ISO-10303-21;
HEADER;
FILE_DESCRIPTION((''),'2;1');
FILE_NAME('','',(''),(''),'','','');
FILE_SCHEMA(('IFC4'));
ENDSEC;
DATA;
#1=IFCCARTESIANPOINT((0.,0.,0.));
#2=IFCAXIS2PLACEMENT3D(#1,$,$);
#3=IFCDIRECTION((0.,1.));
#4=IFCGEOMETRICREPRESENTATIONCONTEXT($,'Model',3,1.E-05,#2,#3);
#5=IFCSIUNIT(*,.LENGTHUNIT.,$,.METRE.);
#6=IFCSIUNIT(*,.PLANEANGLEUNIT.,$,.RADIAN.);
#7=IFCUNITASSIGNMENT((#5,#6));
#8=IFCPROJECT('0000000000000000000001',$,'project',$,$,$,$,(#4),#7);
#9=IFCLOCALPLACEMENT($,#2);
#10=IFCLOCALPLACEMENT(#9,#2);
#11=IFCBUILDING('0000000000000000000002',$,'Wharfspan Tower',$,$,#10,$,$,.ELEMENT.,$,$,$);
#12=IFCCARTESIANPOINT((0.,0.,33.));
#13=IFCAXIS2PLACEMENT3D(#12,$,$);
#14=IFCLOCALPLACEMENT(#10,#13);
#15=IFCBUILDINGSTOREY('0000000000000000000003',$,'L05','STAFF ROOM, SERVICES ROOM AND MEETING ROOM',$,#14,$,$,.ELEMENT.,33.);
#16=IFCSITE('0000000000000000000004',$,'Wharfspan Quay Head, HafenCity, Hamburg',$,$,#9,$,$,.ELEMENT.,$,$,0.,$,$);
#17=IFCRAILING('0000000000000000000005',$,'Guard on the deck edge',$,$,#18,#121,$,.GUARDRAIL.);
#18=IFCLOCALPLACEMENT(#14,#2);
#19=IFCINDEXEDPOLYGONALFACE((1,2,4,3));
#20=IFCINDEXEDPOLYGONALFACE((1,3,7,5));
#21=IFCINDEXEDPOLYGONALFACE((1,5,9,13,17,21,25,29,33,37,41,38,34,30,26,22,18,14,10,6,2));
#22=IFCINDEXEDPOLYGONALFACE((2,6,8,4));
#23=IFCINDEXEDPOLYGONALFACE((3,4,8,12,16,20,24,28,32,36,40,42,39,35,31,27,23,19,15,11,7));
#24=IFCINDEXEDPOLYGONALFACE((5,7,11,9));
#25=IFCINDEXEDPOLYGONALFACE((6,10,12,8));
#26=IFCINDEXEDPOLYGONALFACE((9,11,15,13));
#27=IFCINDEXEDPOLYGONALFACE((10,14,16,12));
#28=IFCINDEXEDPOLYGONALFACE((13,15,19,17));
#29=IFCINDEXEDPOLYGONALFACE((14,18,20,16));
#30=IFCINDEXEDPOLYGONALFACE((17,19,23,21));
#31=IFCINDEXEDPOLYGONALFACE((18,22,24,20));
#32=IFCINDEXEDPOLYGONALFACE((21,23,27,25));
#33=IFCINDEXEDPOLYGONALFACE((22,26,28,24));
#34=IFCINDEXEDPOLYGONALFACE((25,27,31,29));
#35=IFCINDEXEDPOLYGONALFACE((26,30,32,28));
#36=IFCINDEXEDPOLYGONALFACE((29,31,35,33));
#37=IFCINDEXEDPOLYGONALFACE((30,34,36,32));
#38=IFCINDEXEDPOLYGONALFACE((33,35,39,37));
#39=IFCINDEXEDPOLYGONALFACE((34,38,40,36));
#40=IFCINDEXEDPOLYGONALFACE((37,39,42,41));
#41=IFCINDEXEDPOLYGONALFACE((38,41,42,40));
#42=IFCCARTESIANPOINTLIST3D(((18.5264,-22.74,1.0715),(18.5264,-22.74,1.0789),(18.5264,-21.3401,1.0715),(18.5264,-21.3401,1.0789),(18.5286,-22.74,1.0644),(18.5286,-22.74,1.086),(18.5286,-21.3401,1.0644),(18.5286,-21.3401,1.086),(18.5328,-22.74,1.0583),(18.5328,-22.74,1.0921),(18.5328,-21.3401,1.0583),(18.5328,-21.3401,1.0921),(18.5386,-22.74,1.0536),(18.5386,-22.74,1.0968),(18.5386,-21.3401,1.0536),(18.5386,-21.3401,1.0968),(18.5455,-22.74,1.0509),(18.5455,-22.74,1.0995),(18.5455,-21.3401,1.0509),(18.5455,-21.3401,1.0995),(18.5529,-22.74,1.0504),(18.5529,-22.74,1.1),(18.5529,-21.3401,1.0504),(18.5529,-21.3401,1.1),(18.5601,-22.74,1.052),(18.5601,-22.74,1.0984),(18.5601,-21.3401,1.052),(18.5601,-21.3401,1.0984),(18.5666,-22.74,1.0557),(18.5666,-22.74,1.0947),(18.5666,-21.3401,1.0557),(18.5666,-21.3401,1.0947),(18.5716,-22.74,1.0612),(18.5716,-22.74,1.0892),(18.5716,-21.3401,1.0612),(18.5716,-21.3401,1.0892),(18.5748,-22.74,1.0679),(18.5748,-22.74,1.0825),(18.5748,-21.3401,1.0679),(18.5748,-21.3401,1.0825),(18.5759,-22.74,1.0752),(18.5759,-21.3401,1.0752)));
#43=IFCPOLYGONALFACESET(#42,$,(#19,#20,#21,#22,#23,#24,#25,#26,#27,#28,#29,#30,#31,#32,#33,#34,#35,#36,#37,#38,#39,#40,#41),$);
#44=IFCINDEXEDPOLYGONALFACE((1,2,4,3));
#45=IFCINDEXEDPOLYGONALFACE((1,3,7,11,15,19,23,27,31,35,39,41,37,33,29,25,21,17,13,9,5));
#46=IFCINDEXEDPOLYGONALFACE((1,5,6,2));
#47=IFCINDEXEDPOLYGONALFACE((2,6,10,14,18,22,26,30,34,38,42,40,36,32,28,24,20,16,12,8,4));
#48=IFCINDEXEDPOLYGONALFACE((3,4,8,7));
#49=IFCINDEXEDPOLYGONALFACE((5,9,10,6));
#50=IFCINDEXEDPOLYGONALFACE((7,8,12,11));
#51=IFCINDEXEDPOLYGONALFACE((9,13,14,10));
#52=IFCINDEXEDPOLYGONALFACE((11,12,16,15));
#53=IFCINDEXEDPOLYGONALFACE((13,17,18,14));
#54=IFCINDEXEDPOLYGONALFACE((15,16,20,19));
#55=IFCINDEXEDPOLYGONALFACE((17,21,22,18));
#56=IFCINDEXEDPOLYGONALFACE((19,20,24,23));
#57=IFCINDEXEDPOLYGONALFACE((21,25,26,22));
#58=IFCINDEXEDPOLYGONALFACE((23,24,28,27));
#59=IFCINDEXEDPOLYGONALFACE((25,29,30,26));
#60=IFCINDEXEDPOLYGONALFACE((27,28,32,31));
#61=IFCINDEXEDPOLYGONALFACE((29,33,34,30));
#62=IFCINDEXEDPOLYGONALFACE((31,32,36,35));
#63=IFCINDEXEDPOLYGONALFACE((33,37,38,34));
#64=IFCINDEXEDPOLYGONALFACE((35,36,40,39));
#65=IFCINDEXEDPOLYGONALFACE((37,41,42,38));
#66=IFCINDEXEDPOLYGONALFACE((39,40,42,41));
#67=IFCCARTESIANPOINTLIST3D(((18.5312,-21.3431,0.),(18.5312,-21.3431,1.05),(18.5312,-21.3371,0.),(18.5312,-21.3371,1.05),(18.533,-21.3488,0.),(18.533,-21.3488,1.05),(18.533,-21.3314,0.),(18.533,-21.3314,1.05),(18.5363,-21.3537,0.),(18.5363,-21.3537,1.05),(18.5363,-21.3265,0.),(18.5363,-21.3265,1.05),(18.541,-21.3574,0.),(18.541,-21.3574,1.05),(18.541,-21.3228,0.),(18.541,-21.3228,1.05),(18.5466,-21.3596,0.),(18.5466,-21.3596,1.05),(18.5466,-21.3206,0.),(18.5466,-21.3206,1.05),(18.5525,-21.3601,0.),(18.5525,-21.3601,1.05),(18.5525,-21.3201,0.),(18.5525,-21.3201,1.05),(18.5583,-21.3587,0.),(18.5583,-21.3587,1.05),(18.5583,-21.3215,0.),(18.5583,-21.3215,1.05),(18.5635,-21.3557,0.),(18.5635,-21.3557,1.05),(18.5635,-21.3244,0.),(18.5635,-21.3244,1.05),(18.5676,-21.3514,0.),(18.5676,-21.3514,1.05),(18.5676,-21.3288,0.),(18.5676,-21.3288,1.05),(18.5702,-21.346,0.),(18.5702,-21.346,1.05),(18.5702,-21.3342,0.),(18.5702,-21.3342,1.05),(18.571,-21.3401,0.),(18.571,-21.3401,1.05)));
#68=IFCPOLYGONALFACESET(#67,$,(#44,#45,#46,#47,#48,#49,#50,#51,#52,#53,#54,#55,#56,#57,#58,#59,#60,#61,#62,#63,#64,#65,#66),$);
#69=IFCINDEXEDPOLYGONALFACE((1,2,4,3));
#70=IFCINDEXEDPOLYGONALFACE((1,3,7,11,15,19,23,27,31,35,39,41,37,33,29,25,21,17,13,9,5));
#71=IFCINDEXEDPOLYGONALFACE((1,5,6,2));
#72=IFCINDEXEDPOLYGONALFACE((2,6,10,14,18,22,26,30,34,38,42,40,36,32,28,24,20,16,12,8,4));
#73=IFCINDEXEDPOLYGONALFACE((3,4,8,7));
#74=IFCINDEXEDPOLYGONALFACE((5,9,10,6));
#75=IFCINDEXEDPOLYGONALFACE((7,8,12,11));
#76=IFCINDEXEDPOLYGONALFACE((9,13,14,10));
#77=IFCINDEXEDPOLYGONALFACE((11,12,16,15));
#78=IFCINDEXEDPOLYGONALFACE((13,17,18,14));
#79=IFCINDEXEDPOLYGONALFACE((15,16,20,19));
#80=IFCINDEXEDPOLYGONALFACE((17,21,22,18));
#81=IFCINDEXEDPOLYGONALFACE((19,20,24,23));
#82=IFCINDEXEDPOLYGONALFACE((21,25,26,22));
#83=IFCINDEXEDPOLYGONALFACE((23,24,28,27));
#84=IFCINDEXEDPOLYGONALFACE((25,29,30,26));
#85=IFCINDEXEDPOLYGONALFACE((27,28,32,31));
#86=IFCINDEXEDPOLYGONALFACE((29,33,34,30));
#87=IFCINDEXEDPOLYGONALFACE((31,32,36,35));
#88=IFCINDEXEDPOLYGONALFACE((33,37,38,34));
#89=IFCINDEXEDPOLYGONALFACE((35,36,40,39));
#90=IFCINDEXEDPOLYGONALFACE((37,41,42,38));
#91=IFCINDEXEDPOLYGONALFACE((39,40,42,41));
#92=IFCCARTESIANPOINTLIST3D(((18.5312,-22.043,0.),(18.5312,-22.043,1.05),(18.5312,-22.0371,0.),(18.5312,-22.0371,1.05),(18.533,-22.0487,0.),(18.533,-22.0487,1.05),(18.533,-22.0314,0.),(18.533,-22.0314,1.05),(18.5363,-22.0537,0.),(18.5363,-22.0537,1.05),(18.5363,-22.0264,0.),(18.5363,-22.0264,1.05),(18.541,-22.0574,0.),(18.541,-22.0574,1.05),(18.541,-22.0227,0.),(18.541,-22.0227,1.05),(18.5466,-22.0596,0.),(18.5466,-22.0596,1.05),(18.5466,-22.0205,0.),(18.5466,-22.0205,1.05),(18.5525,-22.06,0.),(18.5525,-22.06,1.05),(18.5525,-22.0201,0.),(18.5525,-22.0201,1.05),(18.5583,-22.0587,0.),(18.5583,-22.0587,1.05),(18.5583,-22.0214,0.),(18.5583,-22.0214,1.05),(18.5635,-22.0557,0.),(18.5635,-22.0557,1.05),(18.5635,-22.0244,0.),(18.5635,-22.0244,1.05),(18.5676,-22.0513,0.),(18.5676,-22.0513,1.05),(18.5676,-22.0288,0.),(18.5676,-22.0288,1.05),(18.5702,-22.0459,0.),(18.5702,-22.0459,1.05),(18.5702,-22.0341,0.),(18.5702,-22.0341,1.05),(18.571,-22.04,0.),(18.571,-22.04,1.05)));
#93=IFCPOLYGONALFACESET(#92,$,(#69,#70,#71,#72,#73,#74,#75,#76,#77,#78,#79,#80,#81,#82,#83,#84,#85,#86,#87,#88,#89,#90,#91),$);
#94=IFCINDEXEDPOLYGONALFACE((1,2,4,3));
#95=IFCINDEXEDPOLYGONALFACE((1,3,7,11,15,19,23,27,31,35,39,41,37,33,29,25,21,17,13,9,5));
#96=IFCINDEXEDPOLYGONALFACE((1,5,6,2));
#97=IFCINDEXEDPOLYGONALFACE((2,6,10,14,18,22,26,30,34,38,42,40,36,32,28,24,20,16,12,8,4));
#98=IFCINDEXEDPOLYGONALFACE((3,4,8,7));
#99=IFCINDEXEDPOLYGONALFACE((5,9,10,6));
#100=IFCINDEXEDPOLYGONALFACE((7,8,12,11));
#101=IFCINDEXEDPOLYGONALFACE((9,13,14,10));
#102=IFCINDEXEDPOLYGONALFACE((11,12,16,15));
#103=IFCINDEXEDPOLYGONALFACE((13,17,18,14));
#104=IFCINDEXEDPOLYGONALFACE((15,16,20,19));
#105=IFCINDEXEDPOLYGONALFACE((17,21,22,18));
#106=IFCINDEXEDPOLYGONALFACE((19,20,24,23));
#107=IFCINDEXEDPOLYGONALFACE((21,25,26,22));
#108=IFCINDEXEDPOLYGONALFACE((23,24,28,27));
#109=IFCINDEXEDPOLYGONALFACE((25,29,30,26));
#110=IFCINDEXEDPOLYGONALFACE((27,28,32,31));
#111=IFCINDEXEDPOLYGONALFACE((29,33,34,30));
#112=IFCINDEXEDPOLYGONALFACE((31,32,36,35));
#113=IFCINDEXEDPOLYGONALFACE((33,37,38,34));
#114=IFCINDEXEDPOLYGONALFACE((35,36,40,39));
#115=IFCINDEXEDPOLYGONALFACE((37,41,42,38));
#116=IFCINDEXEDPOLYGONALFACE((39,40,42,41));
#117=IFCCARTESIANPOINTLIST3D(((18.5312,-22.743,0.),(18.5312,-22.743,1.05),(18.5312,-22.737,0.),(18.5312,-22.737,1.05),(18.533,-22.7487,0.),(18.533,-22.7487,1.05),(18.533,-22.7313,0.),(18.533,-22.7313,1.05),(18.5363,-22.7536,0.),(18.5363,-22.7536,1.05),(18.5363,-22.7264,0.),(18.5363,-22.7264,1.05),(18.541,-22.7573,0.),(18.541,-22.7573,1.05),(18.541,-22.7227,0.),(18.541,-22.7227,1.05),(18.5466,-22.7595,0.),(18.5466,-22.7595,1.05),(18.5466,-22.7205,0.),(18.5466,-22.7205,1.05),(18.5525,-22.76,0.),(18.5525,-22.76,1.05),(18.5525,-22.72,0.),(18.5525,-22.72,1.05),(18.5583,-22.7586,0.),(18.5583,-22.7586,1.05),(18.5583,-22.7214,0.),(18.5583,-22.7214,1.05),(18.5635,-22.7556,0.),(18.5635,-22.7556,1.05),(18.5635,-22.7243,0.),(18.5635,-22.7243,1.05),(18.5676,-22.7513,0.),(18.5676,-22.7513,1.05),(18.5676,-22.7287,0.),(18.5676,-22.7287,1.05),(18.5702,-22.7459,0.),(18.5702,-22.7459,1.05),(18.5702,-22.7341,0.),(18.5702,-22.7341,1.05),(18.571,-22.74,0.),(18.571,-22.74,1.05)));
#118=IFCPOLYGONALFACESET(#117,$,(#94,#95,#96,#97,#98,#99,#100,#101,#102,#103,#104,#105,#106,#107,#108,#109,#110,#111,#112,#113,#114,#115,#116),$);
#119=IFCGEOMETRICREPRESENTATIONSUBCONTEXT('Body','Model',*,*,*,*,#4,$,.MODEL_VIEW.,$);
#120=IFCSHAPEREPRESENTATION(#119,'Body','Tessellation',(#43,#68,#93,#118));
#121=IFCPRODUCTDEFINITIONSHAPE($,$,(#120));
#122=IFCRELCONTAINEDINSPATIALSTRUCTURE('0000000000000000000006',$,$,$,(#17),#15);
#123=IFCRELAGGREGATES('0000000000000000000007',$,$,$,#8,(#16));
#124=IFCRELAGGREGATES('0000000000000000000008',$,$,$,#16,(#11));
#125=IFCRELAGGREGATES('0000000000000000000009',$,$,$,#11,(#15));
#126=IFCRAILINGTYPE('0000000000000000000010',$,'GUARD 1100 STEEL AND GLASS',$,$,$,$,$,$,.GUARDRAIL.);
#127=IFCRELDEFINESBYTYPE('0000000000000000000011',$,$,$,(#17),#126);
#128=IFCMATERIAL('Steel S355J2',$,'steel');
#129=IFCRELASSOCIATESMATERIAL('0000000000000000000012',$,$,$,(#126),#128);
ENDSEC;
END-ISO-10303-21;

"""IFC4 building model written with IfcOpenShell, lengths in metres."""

from ifc_helpers import new_model, si_unit, direction, frame, origin, origin_2d, place, context, subcontext, project, spatial, circle, extrude, material, type_object, element, save


model = new_model("IFC4")

# Units and contexts
model_context = context("Model", 3, precision=1e-05, world=origin(), true_north=direction((0.0, 1.0)))
body_context = subcontext(model_context, "Body", "Model", "MODEL_VIEW")
ifc_project = project(units=[si_unit("LENGTHUNIT", "METRE"), si_unit("PLANEANGLEUNIT", "RADIAN")], contexts=[model_context])

# Site, building, storey
site_placement = place(None, origin())
site = spatial("IfcSite", under=ifc_project, at=site_placement, Name="Wharfspan Quay Head, HafenCity, Hamburg", CompositionType="ELEMENT", RefElevation=0.0)
building_placement = place(site_placement, origin())
building = spatial("IfcBuilding", under=site, at=building_placement, Name="Wharfspan Tower", CompositionType="ELEMENT")
storey_placement = place(building_placement, frame((0.0, 0.0, 33.0)))
storey = spatial("IfcBuildingStorey", under=building, at=storey_placement, Name="L05", Description="STAFF ROOM, SERVICES ROOM AND MEETING ROOM", CompositionType="ELEMENT", Elevation=33.0)

# Railing
ifc_material_1 = material(Name="Steel S355J2", Category="steel")
railing_type = type_object("IfcRailingType", Name="GUARD 1100 STEEL AND GLASS", PredefinedType="GUARDRAIL", material=ifc_material_1)
railing_1_placement = place(storey_placement, frame((18.551, -21.3401, 0.0)))
element("IfcRailing", 1, at=railing_1_placement, inside=storey, type_object=railing_type, Name="Guard on the deck edge", PredefinedType="GUARDRAIL", context=body_context, shape_type="SweptSolid", body=[
    extrude(circle(Radius=0.0249, at=origin_2d()), frame((0.0, 0.0, 1.0752), z_axis=(0.0, -1.0, 0.0), x_axis=(1.0, 0.0, 0.0)), (0.0, 0.0, 1.0), 1.3999),
    extrude(circle(Radius=0.02, at=origin_2d()), origin(), (0.0, 0.0, 1.0), 1.05),
    extrude(circle(Radius=0.02, at=origin_2d()), frame((0.0, -0.7, 0.0)), (0.0, 0.0, 1.0), 1.05),
    extrude(circle(Radius=0.02, at=origin_2d()), frame((0.0, -1.3999, 0.0)), (0.0, 0.0, 1.0), 1.05),
])

save(model, "model.ifc")
